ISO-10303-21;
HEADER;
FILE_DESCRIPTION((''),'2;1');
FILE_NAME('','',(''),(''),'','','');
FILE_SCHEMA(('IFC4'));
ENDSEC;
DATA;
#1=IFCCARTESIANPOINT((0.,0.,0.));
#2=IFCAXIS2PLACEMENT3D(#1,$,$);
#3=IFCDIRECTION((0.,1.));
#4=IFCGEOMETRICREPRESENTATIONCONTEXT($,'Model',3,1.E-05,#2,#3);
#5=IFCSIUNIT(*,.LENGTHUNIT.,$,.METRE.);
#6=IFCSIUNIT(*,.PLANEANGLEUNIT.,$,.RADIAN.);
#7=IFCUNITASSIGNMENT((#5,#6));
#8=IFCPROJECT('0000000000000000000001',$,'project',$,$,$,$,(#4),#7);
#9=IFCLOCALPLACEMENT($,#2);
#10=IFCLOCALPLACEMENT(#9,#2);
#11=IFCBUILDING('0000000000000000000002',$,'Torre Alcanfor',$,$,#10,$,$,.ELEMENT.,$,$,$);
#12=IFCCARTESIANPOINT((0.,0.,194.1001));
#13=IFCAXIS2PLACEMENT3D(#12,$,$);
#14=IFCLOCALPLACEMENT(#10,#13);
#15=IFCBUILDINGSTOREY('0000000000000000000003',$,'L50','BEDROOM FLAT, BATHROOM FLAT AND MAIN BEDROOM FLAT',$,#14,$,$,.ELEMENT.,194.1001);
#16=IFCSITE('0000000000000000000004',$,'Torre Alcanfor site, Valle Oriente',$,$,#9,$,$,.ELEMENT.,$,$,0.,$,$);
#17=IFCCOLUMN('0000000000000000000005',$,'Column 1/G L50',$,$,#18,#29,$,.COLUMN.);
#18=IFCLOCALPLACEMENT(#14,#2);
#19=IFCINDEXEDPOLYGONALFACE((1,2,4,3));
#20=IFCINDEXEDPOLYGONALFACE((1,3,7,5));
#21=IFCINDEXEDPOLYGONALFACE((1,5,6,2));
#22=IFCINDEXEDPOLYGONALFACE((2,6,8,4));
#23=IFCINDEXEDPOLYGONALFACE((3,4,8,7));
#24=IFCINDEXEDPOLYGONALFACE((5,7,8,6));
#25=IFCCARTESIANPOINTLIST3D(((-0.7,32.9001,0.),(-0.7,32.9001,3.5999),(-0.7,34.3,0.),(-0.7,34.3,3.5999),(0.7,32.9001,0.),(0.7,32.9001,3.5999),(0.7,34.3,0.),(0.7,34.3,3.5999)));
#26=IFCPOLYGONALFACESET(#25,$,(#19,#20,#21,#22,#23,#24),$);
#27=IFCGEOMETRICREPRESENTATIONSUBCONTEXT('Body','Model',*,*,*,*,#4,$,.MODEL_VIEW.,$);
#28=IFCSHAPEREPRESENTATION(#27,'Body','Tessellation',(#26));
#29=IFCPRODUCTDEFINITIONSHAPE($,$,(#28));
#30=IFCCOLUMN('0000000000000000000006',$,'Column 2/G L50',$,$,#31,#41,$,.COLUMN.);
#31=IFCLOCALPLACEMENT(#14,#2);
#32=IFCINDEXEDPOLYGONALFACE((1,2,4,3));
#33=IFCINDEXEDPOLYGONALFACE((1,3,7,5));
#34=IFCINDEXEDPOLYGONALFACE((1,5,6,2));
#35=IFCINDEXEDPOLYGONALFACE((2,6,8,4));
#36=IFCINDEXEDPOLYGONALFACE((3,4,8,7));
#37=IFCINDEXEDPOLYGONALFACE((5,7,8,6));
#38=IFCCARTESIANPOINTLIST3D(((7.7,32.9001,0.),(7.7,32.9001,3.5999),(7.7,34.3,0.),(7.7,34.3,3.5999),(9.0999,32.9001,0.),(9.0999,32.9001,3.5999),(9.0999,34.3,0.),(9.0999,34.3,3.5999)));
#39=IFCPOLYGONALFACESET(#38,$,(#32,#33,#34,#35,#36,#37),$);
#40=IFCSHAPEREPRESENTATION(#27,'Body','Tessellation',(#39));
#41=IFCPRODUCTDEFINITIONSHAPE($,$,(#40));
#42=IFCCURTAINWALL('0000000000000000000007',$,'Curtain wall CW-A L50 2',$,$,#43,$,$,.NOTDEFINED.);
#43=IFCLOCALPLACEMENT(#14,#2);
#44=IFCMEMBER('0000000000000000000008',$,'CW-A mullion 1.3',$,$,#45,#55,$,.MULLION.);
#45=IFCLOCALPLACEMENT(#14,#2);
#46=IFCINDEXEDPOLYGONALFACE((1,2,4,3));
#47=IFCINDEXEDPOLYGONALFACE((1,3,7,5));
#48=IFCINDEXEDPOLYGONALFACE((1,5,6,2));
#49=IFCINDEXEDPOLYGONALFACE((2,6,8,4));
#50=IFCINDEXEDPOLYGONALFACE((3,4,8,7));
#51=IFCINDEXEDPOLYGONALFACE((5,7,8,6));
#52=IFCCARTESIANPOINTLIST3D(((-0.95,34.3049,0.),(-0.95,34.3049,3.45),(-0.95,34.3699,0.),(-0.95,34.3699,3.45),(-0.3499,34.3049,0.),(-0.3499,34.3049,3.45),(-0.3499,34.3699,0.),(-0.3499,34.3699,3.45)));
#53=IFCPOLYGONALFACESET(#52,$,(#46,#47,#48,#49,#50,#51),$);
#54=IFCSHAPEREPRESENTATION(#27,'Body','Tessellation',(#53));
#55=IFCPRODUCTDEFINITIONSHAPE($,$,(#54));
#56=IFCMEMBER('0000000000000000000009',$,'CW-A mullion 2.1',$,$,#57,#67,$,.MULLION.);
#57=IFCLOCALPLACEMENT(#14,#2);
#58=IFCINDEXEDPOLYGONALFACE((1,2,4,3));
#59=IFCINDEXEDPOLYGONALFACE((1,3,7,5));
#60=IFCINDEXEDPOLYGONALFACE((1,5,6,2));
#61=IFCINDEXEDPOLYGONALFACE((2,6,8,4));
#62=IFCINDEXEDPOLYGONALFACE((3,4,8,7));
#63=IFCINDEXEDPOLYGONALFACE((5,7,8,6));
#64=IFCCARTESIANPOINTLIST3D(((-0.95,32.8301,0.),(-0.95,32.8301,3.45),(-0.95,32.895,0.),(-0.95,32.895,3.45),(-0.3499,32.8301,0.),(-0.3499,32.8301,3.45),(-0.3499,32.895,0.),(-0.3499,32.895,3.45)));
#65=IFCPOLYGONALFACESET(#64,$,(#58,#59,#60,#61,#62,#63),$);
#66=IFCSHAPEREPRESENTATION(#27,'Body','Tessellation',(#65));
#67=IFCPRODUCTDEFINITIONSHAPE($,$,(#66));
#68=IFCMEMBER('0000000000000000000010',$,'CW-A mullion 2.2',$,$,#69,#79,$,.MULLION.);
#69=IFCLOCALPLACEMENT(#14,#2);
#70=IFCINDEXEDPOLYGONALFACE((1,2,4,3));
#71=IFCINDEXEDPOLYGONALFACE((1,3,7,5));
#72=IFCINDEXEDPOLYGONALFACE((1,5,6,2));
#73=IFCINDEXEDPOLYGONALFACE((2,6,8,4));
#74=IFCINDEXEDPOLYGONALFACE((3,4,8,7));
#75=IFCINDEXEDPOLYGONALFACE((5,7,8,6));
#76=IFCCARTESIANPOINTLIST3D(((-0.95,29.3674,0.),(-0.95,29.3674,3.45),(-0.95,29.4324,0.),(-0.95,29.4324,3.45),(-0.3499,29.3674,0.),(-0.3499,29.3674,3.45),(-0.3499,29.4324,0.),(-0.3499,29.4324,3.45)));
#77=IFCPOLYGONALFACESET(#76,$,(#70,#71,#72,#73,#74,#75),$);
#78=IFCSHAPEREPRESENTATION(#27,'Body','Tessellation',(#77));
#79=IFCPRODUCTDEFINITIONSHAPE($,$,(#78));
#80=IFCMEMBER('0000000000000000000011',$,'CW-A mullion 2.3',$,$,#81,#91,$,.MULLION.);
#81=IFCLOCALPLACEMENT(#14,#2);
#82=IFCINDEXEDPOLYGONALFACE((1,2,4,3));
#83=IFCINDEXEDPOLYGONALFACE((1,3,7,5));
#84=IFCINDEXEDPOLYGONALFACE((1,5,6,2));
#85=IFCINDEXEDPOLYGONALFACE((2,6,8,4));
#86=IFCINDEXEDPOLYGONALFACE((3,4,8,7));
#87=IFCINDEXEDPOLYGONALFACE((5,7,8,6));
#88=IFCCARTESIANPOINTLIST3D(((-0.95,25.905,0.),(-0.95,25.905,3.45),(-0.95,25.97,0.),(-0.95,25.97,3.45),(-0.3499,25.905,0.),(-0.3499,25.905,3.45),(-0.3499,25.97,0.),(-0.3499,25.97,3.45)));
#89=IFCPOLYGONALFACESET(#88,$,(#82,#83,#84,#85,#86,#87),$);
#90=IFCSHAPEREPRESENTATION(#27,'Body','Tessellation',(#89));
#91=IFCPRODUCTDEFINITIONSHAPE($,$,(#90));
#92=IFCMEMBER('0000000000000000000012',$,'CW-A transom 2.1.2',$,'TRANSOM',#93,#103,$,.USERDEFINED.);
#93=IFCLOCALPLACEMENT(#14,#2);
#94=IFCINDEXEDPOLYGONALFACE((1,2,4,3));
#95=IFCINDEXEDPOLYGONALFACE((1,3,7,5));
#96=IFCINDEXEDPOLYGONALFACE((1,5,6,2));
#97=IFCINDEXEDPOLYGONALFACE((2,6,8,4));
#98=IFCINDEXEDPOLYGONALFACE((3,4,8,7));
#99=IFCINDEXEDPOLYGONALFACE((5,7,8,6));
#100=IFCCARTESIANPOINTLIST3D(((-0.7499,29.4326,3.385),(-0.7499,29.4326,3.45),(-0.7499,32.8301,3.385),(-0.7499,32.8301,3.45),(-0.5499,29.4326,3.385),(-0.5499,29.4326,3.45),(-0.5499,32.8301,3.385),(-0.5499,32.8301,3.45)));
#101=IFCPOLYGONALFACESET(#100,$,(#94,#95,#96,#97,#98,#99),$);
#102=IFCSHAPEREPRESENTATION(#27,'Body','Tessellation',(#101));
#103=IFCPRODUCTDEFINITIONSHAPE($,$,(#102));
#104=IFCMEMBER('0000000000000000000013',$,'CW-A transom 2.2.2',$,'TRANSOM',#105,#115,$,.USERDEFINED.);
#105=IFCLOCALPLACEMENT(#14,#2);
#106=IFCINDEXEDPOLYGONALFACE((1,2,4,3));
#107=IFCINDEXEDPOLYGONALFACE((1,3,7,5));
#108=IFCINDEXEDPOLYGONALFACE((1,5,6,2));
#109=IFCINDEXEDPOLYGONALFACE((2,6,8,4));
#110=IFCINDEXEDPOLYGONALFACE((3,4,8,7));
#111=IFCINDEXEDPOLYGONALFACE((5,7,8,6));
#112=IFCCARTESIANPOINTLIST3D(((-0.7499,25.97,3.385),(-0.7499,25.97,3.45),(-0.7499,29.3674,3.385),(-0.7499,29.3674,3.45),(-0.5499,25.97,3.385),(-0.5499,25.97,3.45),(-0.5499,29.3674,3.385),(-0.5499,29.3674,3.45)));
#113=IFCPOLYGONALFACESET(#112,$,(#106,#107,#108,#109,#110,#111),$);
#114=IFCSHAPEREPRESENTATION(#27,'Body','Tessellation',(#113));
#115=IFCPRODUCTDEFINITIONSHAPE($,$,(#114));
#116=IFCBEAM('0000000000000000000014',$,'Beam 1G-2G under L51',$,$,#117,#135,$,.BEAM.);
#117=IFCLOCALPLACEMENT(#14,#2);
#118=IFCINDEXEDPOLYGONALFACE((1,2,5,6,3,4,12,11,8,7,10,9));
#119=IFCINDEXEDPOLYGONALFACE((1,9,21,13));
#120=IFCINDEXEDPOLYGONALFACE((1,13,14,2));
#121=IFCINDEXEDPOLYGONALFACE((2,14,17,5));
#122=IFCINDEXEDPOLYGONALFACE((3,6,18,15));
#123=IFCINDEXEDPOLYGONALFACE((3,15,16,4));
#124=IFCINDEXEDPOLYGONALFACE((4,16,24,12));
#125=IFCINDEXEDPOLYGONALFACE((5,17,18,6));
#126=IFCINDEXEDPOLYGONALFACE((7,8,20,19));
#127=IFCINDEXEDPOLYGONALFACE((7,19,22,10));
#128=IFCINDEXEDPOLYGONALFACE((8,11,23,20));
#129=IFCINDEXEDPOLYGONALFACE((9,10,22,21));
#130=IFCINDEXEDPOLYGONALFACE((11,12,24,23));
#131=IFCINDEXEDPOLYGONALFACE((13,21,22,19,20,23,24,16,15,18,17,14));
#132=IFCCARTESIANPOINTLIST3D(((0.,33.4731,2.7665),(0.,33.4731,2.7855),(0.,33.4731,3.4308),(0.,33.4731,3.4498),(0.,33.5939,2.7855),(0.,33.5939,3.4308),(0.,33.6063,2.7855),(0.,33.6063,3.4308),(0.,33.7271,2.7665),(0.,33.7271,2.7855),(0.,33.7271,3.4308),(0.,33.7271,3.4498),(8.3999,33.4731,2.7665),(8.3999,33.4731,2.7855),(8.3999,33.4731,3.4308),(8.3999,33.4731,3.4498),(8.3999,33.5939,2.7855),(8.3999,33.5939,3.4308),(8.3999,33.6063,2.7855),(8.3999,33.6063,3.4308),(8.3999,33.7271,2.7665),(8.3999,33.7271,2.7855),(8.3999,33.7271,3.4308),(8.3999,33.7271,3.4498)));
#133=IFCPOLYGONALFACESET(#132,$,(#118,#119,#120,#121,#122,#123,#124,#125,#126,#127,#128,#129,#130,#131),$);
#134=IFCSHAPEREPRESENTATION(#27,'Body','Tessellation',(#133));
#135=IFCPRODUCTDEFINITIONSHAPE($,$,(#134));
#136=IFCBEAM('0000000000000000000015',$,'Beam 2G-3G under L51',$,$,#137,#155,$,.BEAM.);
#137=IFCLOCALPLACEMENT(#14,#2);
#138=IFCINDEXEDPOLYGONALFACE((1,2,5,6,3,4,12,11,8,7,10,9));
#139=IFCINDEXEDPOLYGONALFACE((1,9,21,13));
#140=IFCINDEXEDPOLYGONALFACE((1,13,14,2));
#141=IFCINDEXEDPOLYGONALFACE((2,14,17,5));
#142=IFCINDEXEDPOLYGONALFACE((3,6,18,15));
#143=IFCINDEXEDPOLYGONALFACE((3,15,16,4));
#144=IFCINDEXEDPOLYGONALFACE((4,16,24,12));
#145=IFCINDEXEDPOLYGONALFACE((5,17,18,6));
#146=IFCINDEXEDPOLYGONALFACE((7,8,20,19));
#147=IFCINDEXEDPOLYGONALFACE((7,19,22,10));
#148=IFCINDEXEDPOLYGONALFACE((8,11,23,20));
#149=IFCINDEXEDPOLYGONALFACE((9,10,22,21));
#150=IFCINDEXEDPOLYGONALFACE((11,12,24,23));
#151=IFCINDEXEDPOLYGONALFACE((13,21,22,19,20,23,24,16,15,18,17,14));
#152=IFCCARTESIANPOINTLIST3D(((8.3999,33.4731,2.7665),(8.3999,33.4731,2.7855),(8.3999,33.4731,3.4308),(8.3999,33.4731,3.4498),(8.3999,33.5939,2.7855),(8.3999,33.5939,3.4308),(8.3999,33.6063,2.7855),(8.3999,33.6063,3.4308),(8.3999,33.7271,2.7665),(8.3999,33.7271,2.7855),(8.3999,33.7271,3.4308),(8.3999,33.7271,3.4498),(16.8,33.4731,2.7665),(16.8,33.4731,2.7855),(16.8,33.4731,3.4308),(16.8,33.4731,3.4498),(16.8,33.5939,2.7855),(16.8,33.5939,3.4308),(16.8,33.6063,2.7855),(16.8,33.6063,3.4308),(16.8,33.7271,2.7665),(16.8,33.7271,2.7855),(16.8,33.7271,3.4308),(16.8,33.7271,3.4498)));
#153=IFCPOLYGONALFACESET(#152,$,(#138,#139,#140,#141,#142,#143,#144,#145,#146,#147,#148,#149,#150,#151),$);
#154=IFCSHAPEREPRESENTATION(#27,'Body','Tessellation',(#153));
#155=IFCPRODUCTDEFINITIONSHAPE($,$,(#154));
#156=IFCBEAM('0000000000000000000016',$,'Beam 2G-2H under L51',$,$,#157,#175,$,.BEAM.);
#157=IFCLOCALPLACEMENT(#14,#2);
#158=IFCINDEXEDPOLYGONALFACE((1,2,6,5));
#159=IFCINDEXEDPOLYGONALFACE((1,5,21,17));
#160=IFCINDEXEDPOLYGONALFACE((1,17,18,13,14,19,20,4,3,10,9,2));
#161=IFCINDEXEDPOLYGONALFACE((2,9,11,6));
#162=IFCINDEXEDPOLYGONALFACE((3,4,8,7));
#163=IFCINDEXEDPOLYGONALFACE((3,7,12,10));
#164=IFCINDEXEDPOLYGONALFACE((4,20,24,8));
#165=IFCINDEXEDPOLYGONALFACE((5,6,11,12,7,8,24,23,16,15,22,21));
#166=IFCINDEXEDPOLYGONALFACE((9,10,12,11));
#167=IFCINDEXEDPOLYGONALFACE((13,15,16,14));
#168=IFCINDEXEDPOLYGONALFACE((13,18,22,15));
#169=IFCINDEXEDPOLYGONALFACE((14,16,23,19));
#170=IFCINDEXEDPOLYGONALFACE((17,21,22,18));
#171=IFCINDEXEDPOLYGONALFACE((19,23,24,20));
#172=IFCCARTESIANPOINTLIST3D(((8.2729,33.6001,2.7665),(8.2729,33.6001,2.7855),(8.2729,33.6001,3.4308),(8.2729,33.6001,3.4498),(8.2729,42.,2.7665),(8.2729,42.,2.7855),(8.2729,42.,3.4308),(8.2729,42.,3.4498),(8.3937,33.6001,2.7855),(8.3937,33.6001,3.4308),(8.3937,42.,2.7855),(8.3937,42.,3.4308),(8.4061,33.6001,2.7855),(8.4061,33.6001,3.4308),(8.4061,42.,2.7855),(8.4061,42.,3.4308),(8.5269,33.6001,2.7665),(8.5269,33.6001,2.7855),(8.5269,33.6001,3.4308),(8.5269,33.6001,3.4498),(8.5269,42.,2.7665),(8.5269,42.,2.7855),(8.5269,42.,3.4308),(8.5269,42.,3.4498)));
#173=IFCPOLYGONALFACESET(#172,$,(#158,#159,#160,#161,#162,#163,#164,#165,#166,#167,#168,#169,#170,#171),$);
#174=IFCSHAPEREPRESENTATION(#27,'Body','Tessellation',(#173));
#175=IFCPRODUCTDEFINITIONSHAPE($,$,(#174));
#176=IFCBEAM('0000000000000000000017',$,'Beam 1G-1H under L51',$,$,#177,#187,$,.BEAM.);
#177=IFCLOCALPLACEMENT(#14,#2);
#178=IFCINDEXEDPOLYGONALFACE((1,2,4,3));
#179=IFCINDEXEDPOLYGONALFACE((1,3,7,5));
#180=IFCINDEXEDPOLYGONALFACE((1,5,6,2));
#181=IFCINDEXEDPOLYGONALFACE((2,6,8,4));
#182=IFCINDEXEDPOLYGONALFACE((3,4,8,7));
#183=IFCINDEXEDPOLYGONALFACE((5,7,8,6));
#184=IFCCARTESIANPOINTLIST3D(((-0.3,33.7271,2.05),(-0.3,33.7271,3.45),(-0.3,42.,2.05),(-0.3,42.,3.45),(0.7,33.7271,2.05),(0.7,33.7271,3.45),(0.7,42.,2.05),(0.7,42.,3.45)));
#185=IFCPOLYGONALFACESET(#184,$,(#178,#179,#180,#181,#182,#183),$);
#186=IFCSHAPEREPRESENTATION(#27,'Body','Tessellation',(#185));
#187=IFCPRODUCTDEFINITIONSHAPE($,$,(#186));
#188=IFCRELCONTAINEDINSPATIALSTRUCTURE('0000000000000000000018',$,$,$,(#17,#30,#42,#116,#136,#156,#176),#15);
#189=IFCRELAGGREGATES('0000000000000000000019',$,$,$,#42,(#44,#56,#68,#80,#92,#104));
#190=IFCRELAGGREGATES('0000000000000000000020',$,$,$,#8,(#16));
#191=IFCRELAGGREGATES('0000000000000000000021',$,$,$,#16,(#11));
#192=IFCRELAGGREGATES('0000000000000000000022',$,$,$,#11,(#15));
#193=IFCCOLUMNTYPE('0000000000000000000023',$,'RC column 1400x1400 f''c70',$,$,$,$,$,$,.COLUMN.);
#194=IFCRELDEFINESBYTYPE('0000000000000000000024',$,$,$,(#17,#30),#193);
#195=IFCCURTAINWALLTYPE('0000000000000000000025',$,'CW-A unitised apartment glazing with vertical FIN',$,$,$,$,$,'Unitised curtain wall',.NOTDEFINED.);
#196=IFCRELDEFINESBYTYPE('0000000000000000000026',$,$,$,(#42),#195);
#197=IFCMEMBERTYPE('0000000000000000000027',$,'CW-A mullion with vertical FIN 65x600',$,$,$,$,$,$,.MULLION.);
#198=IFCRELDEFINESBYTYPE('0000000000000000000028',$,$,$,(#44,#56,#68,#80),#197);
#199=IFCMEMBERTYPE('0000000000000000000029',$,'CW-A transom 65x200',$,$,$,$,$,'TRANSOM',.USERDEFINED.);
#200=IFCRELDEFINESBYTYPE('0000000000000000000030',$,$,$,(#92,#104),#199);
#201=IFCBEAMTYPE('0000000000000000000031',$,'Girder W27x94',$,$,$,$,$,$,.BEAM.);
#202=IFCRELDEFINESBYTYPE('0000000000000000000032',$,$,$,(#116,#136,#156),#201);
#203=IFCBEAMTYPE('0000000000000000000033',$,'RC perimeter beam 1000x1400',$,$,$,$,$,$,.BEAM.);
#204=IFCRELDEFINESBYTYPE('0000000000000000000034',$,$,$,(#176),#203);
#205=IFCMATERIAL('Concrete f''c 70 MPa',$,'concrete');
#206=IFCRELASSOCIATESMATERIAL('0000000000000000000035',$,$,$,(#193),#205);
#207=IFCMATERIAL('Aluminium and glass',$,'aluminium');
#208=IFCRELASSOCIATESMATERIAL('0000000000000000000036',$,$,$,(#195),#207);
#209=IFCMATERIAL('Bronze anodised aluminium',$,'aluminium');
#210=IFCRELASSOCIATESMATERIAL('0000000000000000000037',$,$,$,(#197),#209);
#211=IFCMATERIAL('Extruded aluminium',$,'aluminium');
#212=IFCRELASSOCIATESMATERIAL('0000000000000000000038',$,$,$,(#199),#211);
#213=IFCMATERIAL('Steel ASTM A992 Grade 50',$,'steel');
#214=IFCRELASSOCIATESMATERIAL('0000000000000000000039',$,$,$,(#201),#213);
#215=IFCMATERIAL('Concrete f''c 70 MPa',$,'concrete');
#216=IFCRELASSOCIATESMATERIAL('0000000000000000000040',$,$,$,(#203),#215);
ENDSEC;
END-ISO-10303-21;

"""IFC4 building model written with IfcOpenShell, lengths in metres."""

from ifc_helpers import new_model, si_unit, direction, frame, origin, origin_2d, place, context, subcontext, project, spatial, rectangle, i_section, extrude, material, material_profile, profile_set, type_object, element, aggregate, save


model = new_model("IFC4")

# Units and contexts
model_context = context("Model", 3, precision=1e-05, world=origin(), true_north=direction((0.0, 1.0)))
body_context = subcontext(model_context, "Body", "Model", "MODEL_VIEW")
ifc_project = project(units=[si_unit("LENGTHUNIT", "METRE"), si_unit("PLANEANGLEUNIT", "RADIAN")], contexts=[model_context])

# Site, building, storey
site_placement = place(None, origin())
site = spatial("IfcSite", under=ifc_project, at=site_placement, Name="Torre Alcanfor site, Valle Oriente", CompositionType="ELEMENT", RefElevation=0.0)
building_placement = place(site_placement, origin())
building = spatial("IfcBuilding", under=site, at=building_placement, Name="Torre Alcanfor", CompositionType="ELEMENT")
storey_placement = place(building_placement, frame((0.0, 0.0, 194.1001)))
storey = spatial("IfcBuildingStorey", under=building, at=storey_placement, Name="L50", Description="BEDROOM FLAT, BATHROOM FLAT AND MAIN BEDROOM FLAT", CompositionType="ELEMENT", Elevation=194.1001)

# Columns
ifc_material_1 = material(Name="Concrete f'c 70 MPa", Category="concrete")
ifc_material_profile_1 = material_profile(ifc_material_1, rectangle(XDim=1.3999, YDim=1.3999, at=origin_2d()), Name="1400x1400")
ifc_profile_set_1 = profile_set([ifc_material_profile_1], Name="Concrete f'c 70 MPa")
column_type = type_object("IfcColumnType", Name="RC column 1400x1400 f'c70", PredefinedType="COLUMN", material=ifc_profile_set_1)
for number, where, z_axis, x_axis, name in (
    (1, (0.0, 33.6001, 0.0), (0.0, 0.0, 1.0), (1.0, 0.0, 0.0), "Column 1/G L50"),
    (2, (8.3999, 33.6001, 0.0), (0.0, 0.0, 1.0), (1.0, 0.0, 0.0), "Column 2/G L50"),
):
    element("IfcColumn", number, at=place(storey_placement, frame(where, z_axis=z_axis, x_axis=x_axis)), inside=storey, type_object=column_type, Name=name, PredefinedType="COLUMN", context=body_context, shape_type="SweptSolid", body=[
        extrude(rectangle(XDim=1.3999, YDim=1.3999, at=origin_2d()), origin(), (0.0, 0.0, 1.0), 3.5999),
    ])

# Curtain wall, members
ifc_material_2 = material(Name="Aluminium and glass", Category="aluminium")
curtain_wall_type = type_object("IfcCurtainWallType", Name="CW-A unitised apartment glazing with vertical FIN", ElementType="Unitised curtain wall", PredefinedType="NOTDEFINED", material=ifc_material_2)
curtain_wall_placement = place(storey_placement, origin())
curtain_wall = element("IfcCurtainWall", 3, at=curtain_wall_placement, inside=storey, type_object=curtain_wall_type, Name="Curtain wall CW-A L50 2", PredefinedType="NOTDEFINED")
ifc_material_3 = material(Name="Bronze anodised aluminium", Category="aluminium")
ifc_material_profile_2 = material_profile(ifc_material_3, rectangle(XDim=0.6001, YDim=0.0649, at=origin_2d()), Name="CW-A mullion 65x600")
ifc_profile_set_2 = profile_set([ifc_material_profile_2], Name="Bronze anodised aluminium")
member_type_1 = type_object("IfcMemberType", Name="CW-A mullion with vertical FIN 65x600", PredefinedType="MULLION", material=ifc_profile_set_2)
member_1_placement = place(storey_placement, frame((-0.6499, 34.3374, 0.0), z_axis=(0.0, 0.0, 1.0), x_axis=(1.0, 0.0, 0.0)))
member_1 = element("IfcMember", 4, at=member_1_placement, type_object=member_type_1, Name="CW-A mullion 1.3", PredefinedType="MULLION", context=body_context, shape_type="SweptSolid", body=[
    extrude(rectangle(XDim=0.6001, YDim=0.0649, at=origin_2d()), origin(), (0.0, 0.0, 1.0), 3.45),
])
member_2_placement = place(storey_placement, frame((-0.6499, 32.8625, 0.0), z_axis=(0.0, 0.0, 1.0), x_axis=(1.0, 0.0, 0.0)))
member_2 = element("IfcMember", 5, at=member_2_placement, type_object=member_type_1, Name="CW-A mullion 2.1", PredefinedType="MULLION", context=body_context, shape_type="SweptSolid", body=[
    extrude(rectangle(XDim=0.6001, YDim=0.0649, at=origin_2d()), origin(), (0.0, 0.0, 1.0), 3.45),
])
member_3_placement = place(storey_placement, frame((-0.6499, 29.3999, 0.0), z_axis=(0.0, 0.0, 1.0), x_axis=(1.0, 0.0, 0.0)))
member_3 = element("IfcMember", 6, at=member_3_placement, type_object=member_type_1, Name="CW-A mullion 2.2", PredefinedType="MULLION", context=body_context, shape_type="SweptSolid", body=[
    extrude(rectangle(XDim=0.6001, YDim=0.0649, at=origin_2d()), origin(), (0.0, 0.0, 1.0), 3.45),
])
member_4_placement = place(storey_placement, frame((-0.6499, 25.9375, 0.0), z_axis=(0.0, 0.0, 1.0), x_axis=(1.0, 0.0, 0.0)))
member_4 = element("IfcMember", 7, at=member_4_placement, type_object=member_type_1, Name="CW-A mullion 2.3", PredefinedType="MULLION", context=body_context, shape_type="SweptSolid", body=[
    extrude(rectangle(XDim=0.6001, YDim=0.0649, at=origin_2d()), origin(), (0.0, 0.0, 1.0), 3.45),
])
ifc_material_4 = material(Name="Extruded aluminium", Category="aluminium")
ifc_material_profile_3 = material_profile(ifc_material_4, rectangle(XDim=0.2, YDim=0.0649, at=origin_2d()), Name="CW-A transom 200x65")
ifc_profile_set_3 = profile_set([ifc_material_profile_3], Name="Extruded aluminium")
member_type_2 = type_object("IfcMemberType", Name="CW-A transom 65x200", ElementType="TRANSOM", PredefinedType="USERDEFINED", material=ifc_profile_set_3)
member_5_placement = place(storey_placement, frame((-0.6499, 32.8301, 3.4175), z_axis=(0.0, -1.0, 0.0), x_axis=(1.0, 0.0, 0.0)))
member_5 = element("IfcMember", 8, at=member_5_placement, type_object=member_type_2, Name="CW-A transom 2.1.2", ObjectType="TRANSOM", PredefinedType="USERDEFINED", context=body_context, shape_type="SweptSolid", body=[
    extrude(rectangle(XDim=0.2, YDim=0.0649, at=origin_2d()), origin(), (0.0, 0.0, 1.0), 3.3975),
])
member_6_placement = place(storey_placement, frame((-0.6499, 29.3674, 3.4175), z_axis=(0.0, -1.0, 0.0), x_axis=(1.0, 0.0, 0.0)))
member_6 = element("IfcMember", 9, at=member_6_placement, type_object=member_type_2, Name="CW-A transom 2.2.2", ObjectType="TRANSOM", PredefinedType="USERDEFINED", context=body_context, shape_type="SweptSolid", body=[
    extrude(rectangle(XDim=0.2, YDim=0.0649, at=origin_2d()), origin(), (0.0, 0.0, 1.0), 3.3975),
])

# Beams
ifc_material_5 = material(Name="Steel ASTM A992 Grade 50", Category="steel")
ifc_material_profile_4 = material_profile(ifc_material_5, i_section(OverallWidth=0.2539, OverallDepth=0.6833, WebThickness=0.0125, FlangeThickness=0.019, at=origin_2d()), Name="W27x94")
ifc_profile_set_4 = profile_set([ifc_material_profile_4], Name="Steel ASTM A992 Grade 50")
beam_type_1 = type_object("IfcBeamType", Name="Girder W27x94", PredefinedType="BEAM", material=ifc_profile_set_4)
beam_1_placement = place(storey_placement, frame((0.0, 33.6001, 3.1082), z_axis=(1.0, 0.0, 0.0), x_axis=(0.0, 1.0, 0.0)))
element("IfcBeam", 10, at=beam_1_placement, inside=storey, type_object=beam_type_1, Name="Beam 1G-2G under L51", PredefinedType="BEAM", context=body_context, shape_type="SweptSolid", body=[
    extrude(i_section(OverallWidth=0.2539, OverallDepth=0.6833, WebThickness=0.0125, FlangeThickness=0.019, at=origin_2d()), origin(), (0.0, 0.0, 1.0), 8.3999),
])
beam_2_placement = place(storey_placement, frame((8.3999, 33.6001, 3.1082), z_axis=(1.0, 0.0, 0.0), x_axis=(0.0, 1.0, 0.0)))
element("IfcBeam", 11, at=beam_2_placement, inside=storey, type_object=beam_type_1, Name="Beam 2G-3G under L51", PredefinedType="BEAM", context=body_context, shape_type="SweptSolid", body=[
    extrude(i_section(OverallWidth=0.2539, OverallDepth=0.6833, WebThickness=0.0125, FlangeThickness=0.019, at=origin_2d()), origin(), (0.0, 0.0, 1.0), 8.4001),
])
beam_3_placement = place(storey_placement, frame((8.3999, 33.6001, 3.1082), z_axis=(0.0, 1.0, 0.0), x_axis=(-1.0, 0.0, 0.0)))
element("IfcBeam", 12, at=beam_3_placement, inside=storey, type_object=beam_type_1, Name="Beam 2G-2H under L51", PredefinedType="BEAM", context=body_context, shape_type="SweptSolid", body=[
    extrude(i_section(OverallWidth=0.2539, OverallDepth=0.6833, WebThickness=0.0125, FlangeThickness=0.019, at=origin_2d()), origin(), (0.0, 0.0, 1.0), 8.3999),
])
ifc_material_6 = material(Name="Concrete f'c 70 MPa", Category="concrete")
ifc_material_profile_5 = material_profile(ifc_material_6, rectangle(XDim=1.0, YDim=1.3999, at=origin_2d()), Name="1000x1400")
ifc_profile_set_5 = profile_set([ifc_material_profile_5], Name="Concrete f'c 70 MPa")
beam_type_2 = type_object("IfcBeamType", Name="RC perimeter beam 1000x1400", PredefinedType="BEAM", material=ifc_profile_set_5)
beam_4_placement = place(storey_placement, frame((0.2, 33.7271, 2.75), z_axis=(0.0, 1.0, 0.0), x_axis=(-1.0, 0.0, 0.0)))
element("IfcBeam", 13, at=beam_4_placement, inside=storey, type_object=beam_type_2, Name="Beam 1G-1H under L51", PredefinedType="BEAM", context=body_context, shape_type="SweptSolid", body=[
    extrude(rectangle(XDim=1.0, YDim=1.3999, at=origin_2d()), origin(), (0.0, 0.0, 1.0), 8.2729),
])

aggregate(curtain_wall, [member_1, member_2, member_3, member_4, member_5, member_6])

save(model, "model.ifc")
